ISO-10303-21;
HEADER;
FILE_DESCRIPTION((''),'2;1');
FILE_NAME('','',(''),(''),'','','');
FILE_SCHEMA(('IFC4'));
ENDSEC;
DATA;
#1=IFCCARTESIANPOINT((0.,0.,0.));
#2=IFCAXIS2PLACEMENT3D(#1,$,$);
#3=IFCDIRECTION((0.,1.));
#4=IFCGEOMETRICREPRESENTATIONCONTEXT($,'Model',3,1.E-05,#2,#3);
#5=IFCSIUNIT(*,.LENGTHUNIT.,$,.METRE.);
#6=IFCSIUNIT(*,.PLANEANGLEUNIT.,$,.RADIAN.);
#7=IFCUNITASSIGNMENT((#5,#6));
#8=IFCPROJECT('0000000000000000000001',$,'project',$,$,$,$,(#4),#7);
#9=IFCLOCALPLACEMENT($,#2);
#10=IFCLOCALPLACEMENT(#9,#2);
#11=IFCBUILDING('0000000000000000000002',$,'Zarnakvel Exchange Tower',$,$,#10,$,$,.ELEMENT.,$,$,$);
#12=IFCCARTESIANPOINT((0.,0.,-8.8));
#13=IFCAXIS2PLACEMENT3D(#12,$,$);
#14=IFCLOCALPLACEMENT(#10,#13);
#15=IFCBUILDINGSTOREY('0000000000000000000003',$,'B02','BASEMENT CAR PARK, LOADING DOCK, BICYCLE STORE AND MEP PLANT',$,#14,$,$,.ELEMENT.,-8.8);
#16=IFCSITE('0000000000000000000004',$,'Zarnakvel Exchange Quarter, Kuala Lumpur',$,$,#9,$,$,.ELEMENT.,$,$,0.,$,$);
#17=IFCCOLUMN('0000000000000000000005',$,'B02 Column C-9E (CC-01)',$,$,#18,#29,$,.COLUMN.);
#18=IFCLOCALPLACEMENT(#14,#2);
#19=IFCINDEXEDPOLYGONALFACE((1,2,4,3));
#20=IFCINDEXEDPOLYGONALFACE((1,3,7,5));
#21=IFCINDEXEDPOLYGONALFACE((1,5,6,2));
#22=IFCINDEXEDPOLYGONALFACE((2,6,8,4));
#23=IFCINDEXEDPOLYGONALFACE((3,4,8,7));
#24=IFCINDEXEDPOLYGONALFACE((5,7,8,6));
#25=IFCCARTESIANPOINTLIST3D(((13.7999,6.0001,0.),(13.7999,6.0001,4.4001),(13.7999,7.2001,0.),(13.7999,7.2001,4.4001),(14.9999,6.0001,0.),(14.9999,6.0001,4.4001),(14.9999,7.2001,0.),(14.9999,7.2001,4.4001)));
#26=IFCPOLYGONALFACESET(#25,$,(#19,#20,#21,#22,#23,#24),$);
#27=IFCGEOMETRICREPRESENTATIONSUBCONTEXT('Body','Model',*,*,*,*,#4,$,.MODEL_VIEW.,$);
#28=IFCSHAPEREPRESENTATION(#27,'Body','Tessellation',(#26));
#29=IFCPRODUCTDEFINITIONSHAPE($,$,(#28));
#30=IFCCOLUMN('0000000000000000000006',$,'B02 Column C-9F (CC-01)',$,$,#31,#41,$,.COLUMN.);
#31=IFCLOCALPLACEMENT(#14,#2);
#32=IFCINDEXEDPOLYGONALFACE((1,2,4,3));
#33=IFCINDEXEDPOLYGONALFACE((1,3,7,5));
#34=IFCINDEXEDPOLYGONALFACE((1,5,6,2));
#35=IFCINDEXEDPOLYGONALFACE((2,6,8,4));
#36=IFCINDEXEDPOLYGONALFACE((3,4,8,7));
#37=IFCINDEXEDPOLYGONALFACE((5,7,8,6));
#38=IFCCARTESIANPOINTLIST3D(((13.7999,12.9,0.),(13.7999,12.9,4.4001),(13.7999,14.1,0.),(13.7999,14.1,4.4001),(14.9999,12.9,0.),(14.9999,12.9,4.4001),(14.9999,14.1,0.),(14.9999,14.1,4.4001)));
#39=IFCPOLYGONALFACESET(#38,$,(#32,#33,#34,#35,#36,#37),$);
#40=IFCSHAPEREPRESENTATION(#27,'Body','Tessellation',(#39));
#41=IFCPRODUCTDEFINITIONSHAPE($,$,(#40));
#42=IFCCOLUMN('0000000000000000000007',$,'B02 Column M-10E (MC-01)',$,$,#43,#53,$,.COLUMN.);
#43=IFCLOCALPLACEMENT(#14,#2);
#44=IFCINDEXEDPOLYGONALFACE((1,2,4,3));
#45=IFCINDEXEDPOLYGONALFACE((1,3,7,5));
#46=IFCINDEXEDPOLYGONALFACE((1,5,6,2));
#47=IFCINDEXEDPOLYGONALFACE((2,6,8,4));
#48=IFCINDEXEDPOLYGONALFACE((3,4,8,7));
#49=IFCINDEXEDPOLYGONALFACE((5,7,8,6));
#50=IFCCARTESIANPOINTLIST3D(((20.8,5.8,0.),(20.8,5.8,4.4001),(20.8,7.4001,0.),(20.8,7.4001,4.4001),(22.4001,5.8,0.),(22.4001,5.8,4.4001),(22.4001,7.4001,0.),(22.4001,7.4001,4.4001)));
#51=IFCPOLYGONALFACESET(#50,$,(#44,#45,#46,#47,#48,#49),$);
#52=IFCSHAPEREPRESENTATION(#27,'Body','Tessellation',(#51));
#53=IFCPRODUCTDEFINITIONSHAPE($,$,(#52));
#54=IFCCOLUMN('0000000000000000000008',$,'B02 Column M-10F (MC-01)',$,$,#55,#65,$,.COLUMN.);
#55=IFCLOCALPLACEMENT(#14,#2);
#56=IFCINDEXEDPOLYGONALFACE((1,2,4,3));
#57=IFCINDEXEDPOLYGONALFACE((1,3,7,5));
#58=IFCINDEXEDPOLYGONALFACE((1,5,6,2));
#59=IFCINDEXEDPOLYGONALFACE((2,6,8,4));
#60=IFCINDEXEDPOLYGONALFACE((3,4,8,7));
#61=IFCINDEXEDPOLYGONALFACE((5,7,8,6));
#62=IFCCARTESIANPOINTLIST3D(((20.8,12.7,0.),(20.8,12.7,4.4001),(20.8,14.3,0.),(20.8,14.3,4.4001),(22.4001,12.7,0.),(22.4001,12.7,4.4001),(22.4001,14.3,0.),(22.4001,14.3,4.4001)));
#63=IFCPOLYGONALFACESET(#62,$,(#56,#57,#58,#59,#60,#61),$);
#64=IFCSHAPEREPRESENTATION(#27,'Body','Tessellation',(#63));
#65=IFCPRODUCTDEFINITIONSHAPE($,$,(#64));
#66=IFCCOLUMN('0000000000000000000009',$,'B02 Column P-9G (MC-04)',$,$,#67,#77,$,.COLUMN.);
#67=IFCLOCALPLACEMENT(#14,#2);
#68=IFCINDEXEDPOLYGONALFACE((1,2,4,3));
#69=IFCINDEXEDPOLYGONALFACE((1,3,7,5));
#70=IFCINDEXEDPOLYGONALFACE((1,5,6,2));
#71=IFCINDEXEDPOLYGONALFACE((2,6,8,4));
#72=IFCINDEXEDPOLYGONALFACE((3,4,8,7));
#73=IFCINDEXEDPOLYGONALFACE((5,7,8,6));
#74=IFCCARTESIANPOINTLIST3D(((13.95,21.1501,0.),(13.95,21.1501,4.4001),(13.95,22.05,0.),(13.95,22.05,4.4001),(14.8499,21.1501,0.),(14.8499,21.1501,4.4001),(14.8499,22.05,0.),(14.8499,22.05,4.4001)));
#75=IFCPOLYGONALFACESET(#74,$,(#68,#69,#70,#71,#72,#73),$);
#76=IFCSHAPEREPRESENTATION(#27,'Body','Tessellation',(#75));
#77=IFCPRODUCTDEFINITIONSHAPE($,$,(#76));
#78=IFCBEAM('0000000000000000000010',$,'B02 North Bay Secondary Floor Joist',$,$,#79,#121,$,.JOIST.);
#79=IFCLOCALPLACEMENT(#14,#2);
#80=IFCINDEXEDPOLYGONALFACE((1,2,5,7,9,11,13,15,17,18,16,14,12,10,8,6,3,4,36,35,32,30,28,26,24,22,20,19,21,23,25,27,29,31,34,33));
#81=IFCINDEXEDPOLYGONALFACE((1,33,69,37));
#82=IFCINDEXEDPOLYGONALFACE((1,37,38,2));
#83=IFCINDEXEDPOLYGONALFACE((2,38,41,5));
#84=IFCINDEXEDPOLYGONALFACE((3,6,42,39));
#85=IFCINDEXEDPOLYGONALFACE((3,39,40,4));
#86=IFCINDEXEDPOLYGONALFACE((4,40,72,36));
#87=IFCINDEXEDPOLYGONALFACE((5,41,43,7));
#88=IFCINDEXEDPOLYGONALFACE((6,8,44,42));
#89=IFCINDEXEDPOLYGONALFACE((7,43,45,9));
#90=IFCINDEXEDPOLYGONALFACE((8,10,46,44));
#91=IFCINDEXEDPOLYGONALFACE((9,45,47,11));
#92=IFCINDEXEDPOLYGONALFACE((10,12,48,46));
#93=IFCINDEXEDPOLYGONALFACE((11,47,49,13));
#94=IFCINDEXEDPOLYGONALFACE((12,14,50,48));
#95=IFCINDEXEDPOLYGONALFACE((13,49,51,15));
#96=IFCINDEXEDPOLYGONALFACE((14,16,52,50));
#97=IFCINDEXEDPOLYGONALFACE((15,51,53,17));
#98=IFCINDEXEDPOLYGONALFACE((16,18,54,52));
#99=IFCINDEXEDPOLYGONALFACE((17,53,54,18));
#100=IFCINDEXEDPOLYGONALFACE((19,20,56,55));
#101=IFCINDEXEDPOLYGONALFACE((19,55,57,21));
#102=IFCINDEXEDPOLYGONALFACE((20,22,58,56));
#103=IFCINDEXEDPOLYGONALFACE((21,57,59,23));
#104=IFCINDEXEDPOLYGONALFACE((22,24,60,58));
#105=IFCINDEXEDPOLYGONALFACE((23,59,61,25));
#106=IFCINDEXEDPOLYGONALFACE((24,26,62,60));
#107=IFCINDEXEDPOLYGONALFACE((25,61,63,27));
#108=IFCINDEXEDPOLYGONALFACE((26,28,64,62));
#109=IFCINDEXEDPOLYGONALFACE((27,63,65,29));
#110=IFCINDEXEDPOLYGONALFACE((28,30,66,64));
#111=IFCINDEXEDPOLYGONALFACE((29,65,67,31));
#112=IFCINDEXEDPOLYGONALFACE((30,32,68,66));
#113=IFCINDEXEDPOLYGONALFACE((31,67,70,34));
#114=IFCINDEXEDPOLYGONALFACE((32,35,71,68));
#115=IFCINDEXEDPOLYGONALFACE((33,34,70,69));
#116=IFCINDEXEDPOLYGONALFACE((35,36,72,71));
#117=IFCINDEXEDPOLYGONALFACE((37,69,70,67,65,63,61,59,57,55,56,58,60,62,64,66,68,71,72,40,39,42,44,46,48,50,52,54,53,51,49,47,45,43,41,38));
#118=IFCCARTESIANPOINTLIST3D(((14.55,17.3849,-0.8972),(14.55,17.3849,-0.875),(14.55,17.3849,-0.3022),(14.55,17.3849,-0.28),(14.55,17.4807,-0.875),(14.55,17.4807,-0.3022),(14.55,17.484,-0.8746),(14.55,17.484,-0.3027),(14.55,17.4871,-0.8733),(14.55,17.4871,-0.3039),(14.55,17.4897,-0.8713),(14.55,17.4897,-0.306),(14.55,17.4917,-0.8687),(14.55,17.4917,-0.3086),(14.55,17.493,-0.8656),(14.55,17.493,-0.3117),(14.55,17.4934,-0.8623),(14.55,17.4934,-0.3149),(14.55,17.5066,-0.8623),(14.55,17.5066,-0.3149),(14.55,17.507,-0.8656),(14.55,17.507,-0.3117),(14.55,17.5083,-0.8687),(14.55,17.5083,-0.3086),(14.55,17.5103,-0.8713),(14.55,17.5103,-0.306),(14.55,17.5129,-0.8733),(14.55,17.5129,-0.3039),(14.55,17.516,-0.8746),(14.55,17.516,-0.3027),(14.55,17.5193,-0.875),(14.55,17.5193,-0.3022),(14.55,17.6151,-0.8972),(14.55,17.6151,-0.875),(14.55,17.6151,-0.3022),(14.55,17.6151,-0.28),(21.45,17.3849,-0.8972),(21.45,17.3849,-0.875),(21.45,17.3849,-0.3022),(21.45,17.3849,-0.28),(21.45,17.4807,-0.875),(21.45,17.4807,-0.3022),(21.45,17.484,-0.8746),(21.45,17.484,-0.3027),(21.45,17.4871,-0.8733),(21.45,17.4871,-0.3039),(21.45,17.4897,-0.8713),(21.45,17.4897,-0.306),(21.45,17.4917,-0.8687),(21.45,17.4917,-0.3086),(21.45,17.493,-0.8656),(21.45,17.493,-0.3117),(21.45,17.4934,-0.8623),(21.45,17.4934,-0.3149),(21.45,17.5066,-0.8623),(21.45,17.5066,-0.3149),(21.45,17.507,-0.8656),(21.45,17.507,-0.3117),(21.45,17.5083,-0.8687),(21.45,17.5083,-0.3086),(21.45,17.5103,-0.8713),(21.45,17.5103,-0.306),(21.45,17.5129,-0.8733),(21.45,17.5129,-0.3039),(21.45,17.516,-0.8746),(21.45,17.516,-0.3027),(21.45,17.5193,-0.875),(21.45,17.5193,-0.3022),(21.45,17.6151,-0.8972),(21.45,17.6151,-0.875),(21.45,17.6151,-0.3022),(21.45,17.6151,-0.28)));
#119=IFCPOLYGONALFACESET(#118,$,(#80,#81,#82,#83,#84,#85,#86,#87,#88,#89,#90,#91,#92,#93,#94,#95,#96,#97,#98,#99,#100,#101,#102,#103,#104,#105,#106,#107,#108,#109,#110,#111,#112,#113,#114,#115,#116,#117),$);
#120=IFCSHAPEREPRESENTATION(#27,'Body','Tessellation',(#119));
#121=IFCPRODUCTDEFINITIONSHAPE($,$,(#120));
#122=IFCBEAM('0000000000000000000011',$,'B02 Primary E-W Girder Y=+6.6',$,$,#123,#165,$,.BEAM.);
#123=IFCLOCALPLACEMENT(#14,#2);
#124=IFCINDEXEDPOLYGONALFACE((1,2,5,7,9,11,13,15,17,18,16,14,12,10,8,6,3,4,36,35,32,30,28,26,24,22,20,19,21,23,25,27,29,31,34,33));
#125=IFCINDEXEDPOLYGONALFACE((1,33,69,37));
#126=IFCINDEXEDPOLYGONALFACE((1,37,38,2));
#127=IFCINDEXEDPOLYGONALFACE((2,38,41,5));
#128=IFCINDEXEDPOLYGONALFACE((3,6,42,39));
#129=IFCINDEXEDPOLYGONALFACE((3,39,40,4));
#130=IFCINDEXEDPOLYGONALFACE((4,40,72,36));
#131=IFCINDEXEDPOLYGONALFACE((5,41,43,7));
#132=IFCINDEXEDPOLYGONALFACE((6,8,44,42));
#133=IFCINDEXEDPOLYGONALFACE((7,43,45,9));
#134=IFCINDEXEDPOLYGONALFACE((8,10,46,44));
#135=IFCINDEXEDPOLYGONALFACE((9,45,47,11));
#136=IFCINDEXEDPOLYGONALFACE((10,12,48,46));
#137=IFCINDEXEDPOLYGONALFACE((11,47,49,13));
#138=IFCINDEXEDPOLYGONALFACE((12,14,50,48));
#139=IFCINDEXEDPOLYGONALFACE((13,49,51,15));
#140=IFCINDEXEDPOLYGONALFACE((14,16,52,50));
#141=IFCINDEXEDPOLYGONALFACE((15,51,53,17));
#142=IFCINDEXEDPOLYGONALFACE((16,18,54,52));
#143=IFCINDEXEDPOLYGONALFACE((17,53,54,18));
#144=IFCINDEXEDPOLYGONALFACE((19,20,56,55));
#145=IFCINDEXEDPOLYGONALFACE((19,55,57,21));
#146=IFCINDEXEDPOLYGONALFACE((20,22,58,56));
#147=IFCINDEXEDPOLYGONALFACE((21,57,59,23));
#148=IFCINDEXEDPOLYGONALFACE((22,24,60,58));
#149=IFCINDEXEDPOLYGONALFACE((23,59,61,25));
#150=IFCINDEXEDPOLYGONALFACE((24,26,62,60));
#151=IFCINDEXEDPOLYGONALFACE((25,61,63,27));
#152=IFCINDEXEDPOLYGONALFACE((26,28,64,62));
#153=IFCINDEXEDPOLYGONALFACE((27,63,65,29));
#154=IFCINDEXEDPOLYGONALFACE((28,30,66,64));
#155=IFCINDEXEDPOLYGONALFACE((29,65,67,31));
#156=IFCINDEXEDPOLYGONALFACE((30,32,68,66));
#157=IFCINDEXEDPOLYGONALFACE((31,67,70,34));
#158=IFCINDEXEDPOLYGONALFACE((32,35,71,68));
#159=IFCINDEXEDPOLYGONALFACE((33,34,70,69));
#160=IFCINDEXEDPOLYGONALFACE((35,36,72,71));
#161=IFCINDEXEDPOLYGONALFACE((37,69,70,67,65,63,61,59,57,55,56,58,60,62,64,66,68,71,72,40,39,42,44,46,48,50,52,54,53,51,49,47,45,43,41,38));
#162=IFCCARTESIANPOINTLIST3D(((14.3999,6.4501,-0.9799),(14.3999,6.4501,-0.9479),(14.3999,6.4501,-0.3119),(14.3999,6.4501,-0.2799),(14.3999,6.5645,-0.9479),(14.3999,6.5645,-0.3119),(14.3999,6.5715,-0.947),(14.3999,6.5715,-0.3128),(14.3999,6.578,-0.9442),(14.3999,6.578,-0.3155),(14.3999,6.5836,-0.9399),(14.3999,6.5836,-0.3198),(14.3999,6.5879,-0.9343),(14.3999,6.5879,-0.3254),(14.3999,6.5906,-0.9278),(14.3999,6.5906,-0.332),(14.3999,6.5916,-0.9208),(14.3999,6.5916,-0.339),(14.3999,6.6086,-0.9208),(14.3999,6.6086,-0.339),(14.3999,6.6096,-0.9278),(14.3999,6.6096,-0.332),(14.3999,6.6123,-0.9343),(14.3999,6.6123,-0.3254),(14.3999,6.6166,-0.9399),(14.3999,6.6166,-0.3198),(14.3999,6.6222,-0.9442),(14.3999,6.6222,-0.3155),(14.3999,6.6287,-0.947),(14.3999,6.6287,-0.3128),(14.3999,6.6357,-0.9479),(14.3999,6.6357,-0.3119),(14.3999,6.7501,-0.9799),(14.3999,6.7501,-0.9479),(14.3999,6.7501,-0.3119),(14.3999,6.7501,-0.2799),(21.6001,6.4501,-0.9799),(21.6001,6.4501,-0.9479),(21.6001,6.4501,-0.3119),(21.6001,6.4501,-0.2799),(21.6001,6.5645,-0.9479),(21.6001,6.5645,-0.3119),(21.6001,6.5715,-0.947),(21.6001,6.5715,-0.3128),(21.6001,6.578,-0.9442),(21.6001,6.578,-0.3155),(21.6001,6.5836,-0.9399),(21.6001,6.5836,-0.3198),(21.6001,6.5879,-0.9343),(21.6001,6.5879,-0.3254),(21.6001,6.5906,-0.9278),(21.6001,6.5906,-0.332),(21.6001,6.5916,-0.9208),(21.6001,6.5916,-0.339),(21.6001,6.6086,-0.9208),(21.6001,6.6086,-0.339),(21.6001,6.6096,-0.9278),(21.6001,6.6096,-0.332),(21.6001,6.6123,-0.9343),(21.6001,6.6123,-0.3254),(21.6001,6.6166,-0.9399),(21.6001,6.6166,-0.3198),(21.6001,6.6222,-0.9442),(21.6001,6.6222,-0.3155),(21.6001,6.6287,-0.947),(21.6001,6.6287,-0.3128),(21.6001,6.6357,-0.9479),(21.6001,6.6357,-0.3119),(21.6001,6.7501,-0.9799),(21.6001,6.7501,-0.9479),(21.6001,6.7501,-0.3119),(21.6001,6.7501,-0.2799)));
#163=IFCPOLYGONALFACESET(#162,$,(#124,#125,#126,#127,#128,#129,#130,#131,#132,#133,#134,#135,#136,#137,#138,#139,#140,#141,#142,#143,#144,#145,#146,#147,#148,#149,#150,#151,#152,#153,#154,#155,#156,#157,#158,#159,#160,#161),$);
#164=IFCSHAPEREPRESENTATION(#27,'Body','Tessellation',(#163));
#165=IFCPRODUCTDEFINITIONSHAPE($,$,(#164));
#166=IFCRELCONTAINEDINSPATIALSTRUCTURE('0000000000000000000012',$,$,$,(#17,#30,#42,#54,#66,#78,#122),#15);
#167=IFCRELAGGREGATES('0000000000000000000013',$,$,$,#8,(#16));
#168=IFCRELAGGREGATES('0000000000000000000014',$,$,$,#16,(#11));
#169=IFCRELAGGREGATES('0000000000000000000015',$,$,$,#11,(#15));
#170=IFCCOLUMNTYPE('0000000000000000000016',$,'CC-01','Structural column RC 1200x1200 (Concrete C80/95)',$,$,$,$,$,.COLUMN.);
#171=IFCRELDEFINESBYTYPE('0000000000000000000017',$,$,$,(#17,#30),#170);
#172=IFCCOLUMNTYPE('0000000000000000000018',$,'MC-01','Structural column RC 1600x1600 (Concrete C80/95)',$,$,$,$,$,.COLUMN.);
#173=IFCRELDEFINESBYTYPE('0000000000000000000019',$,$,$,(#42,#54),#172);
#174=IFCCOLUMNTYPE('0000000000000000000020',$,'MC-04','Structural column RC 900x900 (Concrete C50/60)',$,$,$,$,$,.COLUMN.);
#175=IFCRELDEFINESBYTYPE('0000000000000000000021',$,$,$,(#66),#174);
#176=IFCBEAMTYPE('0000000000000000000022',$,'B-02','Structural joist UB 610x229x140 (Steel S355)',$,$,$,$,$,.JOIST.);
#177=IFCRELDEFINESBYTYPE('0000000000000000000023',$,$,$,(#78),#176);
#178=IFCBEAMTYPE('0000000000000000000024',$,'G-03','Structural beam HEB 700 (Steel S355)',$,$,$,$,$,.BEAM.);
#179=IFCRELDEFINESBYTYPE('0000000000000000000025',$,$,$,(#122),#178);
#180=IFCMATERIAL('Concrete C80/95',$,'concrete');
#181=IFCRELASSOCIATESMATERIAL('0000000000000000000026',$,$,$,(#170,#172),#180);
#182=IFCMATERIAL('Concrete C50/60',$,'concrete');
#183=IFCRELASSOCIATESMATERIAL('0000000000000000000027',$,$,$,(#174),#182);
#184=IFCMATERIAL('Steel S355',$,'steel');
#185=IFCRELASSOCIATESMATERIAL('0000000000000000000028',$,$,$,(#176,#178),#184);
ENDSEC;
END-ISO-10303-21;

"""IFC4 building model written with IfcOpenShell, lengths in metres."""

from ifc_helpers import new_model, si_unit, direction, frame, origin, origin_2d, place, context, subcontext, project, spatial, rectangle, i_section, extrude, material, material_profile, profile_set, type_object, element, save


model = new_model("IFC4")

# Units and contexts
model_context = context("Model", 3, precision=1e-05, world=origin(), true_north=direction((0.0, 1.0)))
body_context = subcontext(model_context, "Body", "Model", "MODEL_VIEW")
ifc_project = project(units=[si_unit("LENGTHUNIT", "METRE"), si_unit("PLANEANGLEUNIT", "RADIAN")], contexts=[model_context])

# Site, building, storey
site_placement = place(None, origin())
site = spatial("IfcSite", under=ifc_project, at=site_placement, Name="Zarnakvel Exchange Quarter, Kuala Lumpur", CompositionType="ELEMENT", RefElevation=0.0)
building_placement = place(site_placement, origin())
building = spatial("IfcBuilding", under=site, at=building_placement, Name="Zarnakvel Exchange Tower", CompositionType="ELEMENT")
storey_placement = place(building_placement, frame((0.0, 0.0, -8.8)))
storey = spatial("IfcBuildingStorey", under=building, at=storey_placement, Name="B02", Description="BASEMENT CAR PARK, LOADING DOCK, BICYCLE STORE AND MEP PLANT", CompositionType="ELEMENT", Elevation=-8.8)

# Columns
ifc_material_1 = material(Name="Concrete C80/95", Category="concrete")
ifc_material_profile_1 = material_profile(ifc_material_1, rectangle(XDim=1.2, YDim=1.2, at=origin_2d()))
ifc_profile_set_1 = profile_set([ifc_material_profile_1], Name="Concrete C80/95")
column_type_1 = type_object("IfcColumnType", Name="CC-01", Description="Structural column RC 1200x1200 (Concrete C80/95)", PredefinedType="COLUMN", material=ifc_profile_set_1)
for number, where, z_axis, x_axis, name in (
    (1, (14.3999, 6.6001, 0.0), (0.0, 0.0, 1.0), (1.0, 0.0, 0.0), "B02 Column C-9E (CC-01)"),
    (2, (14.3999, 13.5, 0.0), (0.0, 0.0, 1.0), (1.0, 0.0, 0.0), "B02 Column C-9F (CC-01)"),
):
    element("IfcColumn", number, at=place(storey_placement, frame(where, z_axis=z_axis, x_axis=x_axis)), inside=storey, type_object=column_type_1, Name=name, PredefinedType="COLUMN", context=body_context, shape_type="SweptSolid", body=[
        extrude(rectangle(XDim=1.2, YDim=1.2, at=origin_2d()), origin(), (0.0, 0.0, 1.0), 4.4001),
    ])
ifc_material_profile_2 = material_profile(ifc_material_1, rectangle(XDim=1.6001, YDim=1.6001, at=origin_2d()))
ifc_profile_set_2 = profile_set([ifc_material_profile_2], Name="Concrete C80/95")
column_type_2 = type_object("IfcColumnType", Name="MC-01", Description="Structural column RC 1600x1600 (Concrete C80/95)", PredefinedType="COLUMN", material=ifc_profile_set_2)
for number, where, z_axis, x_axis, name in (
    (3, (21.6001, 6.6001, 0.0), (0.0, 0.0, 1.0), (1.0, 0.0, 0.0), "B02 Column M-10E (MC-01)"),
    (4, (21.6001, 13.5, 0.0), (0.0, 0.0, 1.0), (1.0, 0.0, 0.0), "B02 Column M-10F (MC-01)"),
):
    element("IfcColumn", number, at=place(storey_placement, frame(where, z_axis=z_axis, x_axis=x_axis)), inside=storey, type_object=column_type_2, Name=name, PredefinedType="COLUMN", context=body_context, shape_type="SweptSolid", body=[
        extrude(rectangle(XDim=1.6001, YDim=1.6001, at=origin_2d()), origin(), (0.0, 0.0, 1.0), 4.4001),
    ])
ifc_material_2 = material(Name="Concrete C50/60", Category="concrete")
ifc_material_profile_3 = material_profile(ifc_material_2, rectangle(XDim=0.8999, YDim=0.8999, at=origin_2d()))
ifc_profile_set_3 = profile_set([ifc_material_profile_3], Name="Concrete C50/60")
column_type_3 = type_object("IfcColumnType", Name="MC-04", Description="Structural column RC 900x900 (Concrete C50/60)", PredefinedType="COLUMN", material=ifc_profile_set_3)
column_placement = place(storey_placement, frame((14.3999, 21.6001, 0.0), z_axis=(0.0, 0.0, 1.0), x_axis=(1.0, 0.0, 0.0)))
element("IfcColumn", 5, at=column_placement, inside=storey, type_object=column_type_3, Name="B02 Column P-9G (MC-04)", PredefinedType="COLUMN", context=body_context, shape_type="SweptSolid", body=[
    extrude(rectangle(XDim=0.8999, YDim=0.8999, at=origin_2d()), origin(), (0.0, 0.0, 1.0), 4.4001),
])

# Beams
ifc_material_3 = material(Name="Steel S355", Category="steel")
ifc_material_profile_4 = material_profile(ifc_material_3, i_section(OverallWidth=0.2302, OverallDepth=0.6172, WebThickness=0.0132, FlangeThickness=0.0222, FilletRadius=0.0127, at=origin_2d()))
ifc_profile_set_4 = profile_set([ifc_material_profile_4], Name="Steel S355")
beam_type_1 = type_object("IfcBeamType", Name="B-02", Description="Structural joist UB 610x229x140 (Steel S355)", PredefinedType="JOIST", material=ifc_profile_set_4)
beam_1_placement = place(storey_placement, frame((14.55, 17.5, -0.5886), z_axis=(1.0, 0.0, 0.0), x_axis=(0.0, 1.0, 0.0)))
element("IfcBeam", 6, at=beam_1_placement, inside=storey, type_object=beam_type_1, Name="B02 North Bay Secondary Floor Joist", PredefinedType="JOIST", context=body_context, shape_type="SweptSolid", body=[
    extrude(i_section(OverallWidth=0.2302, OverallDepth=0.6172, WebThickness=0.0132, FlangeThickness=0.0222, FilletRadius=0.0127, at=origin_2d()), origin(), (0.0, 0.0, 1.0), 6.8999),
])
ifc_material_profile_5 = material_profile(ifc_material_3, i_section(OverallWidth=0.3, OverallDepth=0.7, WebThickness=0.0171, FlangeThickness=0.032, FilletRadius=0.0271, at=origin_2d()))
ifc_profile_set_5 = profile_set([ifc_material_profile_5], Name="Steel S355")
beam_type_2 = type_object("IfcBeamType", Name="G-03", Description="Structural beam HEB 700 (Steel S355)", PredefinedType="BEAM", material=ifc_profile_set_5)
beam_2_placement = place(storey_placement, frame((14.3999, 6.6001, -0.6299), z_axis=(1.0, 0.0, 0.0), x_axis=(0.0, 1.0, 0.0)))
element("IfcBeam", 7, at=beam_2_placement, inside=storey, type_object=beam_type_2, Name="B02 Primary E-W Girder Y=+6.6", PredefinedType="BEAM", context=body_context, shape_type="SweptSolid", body=[
    extrude(i_section(OverallWidth=0.3, OverallDepth=0.7, WebThickness=0.0171, FlangeThickness=0.032, FilletRadius=0.0271, at=origin_2d()), origin(), (0.0, 0.0, 1.0), 7.2002),
])

save(model, "model.ifc")
